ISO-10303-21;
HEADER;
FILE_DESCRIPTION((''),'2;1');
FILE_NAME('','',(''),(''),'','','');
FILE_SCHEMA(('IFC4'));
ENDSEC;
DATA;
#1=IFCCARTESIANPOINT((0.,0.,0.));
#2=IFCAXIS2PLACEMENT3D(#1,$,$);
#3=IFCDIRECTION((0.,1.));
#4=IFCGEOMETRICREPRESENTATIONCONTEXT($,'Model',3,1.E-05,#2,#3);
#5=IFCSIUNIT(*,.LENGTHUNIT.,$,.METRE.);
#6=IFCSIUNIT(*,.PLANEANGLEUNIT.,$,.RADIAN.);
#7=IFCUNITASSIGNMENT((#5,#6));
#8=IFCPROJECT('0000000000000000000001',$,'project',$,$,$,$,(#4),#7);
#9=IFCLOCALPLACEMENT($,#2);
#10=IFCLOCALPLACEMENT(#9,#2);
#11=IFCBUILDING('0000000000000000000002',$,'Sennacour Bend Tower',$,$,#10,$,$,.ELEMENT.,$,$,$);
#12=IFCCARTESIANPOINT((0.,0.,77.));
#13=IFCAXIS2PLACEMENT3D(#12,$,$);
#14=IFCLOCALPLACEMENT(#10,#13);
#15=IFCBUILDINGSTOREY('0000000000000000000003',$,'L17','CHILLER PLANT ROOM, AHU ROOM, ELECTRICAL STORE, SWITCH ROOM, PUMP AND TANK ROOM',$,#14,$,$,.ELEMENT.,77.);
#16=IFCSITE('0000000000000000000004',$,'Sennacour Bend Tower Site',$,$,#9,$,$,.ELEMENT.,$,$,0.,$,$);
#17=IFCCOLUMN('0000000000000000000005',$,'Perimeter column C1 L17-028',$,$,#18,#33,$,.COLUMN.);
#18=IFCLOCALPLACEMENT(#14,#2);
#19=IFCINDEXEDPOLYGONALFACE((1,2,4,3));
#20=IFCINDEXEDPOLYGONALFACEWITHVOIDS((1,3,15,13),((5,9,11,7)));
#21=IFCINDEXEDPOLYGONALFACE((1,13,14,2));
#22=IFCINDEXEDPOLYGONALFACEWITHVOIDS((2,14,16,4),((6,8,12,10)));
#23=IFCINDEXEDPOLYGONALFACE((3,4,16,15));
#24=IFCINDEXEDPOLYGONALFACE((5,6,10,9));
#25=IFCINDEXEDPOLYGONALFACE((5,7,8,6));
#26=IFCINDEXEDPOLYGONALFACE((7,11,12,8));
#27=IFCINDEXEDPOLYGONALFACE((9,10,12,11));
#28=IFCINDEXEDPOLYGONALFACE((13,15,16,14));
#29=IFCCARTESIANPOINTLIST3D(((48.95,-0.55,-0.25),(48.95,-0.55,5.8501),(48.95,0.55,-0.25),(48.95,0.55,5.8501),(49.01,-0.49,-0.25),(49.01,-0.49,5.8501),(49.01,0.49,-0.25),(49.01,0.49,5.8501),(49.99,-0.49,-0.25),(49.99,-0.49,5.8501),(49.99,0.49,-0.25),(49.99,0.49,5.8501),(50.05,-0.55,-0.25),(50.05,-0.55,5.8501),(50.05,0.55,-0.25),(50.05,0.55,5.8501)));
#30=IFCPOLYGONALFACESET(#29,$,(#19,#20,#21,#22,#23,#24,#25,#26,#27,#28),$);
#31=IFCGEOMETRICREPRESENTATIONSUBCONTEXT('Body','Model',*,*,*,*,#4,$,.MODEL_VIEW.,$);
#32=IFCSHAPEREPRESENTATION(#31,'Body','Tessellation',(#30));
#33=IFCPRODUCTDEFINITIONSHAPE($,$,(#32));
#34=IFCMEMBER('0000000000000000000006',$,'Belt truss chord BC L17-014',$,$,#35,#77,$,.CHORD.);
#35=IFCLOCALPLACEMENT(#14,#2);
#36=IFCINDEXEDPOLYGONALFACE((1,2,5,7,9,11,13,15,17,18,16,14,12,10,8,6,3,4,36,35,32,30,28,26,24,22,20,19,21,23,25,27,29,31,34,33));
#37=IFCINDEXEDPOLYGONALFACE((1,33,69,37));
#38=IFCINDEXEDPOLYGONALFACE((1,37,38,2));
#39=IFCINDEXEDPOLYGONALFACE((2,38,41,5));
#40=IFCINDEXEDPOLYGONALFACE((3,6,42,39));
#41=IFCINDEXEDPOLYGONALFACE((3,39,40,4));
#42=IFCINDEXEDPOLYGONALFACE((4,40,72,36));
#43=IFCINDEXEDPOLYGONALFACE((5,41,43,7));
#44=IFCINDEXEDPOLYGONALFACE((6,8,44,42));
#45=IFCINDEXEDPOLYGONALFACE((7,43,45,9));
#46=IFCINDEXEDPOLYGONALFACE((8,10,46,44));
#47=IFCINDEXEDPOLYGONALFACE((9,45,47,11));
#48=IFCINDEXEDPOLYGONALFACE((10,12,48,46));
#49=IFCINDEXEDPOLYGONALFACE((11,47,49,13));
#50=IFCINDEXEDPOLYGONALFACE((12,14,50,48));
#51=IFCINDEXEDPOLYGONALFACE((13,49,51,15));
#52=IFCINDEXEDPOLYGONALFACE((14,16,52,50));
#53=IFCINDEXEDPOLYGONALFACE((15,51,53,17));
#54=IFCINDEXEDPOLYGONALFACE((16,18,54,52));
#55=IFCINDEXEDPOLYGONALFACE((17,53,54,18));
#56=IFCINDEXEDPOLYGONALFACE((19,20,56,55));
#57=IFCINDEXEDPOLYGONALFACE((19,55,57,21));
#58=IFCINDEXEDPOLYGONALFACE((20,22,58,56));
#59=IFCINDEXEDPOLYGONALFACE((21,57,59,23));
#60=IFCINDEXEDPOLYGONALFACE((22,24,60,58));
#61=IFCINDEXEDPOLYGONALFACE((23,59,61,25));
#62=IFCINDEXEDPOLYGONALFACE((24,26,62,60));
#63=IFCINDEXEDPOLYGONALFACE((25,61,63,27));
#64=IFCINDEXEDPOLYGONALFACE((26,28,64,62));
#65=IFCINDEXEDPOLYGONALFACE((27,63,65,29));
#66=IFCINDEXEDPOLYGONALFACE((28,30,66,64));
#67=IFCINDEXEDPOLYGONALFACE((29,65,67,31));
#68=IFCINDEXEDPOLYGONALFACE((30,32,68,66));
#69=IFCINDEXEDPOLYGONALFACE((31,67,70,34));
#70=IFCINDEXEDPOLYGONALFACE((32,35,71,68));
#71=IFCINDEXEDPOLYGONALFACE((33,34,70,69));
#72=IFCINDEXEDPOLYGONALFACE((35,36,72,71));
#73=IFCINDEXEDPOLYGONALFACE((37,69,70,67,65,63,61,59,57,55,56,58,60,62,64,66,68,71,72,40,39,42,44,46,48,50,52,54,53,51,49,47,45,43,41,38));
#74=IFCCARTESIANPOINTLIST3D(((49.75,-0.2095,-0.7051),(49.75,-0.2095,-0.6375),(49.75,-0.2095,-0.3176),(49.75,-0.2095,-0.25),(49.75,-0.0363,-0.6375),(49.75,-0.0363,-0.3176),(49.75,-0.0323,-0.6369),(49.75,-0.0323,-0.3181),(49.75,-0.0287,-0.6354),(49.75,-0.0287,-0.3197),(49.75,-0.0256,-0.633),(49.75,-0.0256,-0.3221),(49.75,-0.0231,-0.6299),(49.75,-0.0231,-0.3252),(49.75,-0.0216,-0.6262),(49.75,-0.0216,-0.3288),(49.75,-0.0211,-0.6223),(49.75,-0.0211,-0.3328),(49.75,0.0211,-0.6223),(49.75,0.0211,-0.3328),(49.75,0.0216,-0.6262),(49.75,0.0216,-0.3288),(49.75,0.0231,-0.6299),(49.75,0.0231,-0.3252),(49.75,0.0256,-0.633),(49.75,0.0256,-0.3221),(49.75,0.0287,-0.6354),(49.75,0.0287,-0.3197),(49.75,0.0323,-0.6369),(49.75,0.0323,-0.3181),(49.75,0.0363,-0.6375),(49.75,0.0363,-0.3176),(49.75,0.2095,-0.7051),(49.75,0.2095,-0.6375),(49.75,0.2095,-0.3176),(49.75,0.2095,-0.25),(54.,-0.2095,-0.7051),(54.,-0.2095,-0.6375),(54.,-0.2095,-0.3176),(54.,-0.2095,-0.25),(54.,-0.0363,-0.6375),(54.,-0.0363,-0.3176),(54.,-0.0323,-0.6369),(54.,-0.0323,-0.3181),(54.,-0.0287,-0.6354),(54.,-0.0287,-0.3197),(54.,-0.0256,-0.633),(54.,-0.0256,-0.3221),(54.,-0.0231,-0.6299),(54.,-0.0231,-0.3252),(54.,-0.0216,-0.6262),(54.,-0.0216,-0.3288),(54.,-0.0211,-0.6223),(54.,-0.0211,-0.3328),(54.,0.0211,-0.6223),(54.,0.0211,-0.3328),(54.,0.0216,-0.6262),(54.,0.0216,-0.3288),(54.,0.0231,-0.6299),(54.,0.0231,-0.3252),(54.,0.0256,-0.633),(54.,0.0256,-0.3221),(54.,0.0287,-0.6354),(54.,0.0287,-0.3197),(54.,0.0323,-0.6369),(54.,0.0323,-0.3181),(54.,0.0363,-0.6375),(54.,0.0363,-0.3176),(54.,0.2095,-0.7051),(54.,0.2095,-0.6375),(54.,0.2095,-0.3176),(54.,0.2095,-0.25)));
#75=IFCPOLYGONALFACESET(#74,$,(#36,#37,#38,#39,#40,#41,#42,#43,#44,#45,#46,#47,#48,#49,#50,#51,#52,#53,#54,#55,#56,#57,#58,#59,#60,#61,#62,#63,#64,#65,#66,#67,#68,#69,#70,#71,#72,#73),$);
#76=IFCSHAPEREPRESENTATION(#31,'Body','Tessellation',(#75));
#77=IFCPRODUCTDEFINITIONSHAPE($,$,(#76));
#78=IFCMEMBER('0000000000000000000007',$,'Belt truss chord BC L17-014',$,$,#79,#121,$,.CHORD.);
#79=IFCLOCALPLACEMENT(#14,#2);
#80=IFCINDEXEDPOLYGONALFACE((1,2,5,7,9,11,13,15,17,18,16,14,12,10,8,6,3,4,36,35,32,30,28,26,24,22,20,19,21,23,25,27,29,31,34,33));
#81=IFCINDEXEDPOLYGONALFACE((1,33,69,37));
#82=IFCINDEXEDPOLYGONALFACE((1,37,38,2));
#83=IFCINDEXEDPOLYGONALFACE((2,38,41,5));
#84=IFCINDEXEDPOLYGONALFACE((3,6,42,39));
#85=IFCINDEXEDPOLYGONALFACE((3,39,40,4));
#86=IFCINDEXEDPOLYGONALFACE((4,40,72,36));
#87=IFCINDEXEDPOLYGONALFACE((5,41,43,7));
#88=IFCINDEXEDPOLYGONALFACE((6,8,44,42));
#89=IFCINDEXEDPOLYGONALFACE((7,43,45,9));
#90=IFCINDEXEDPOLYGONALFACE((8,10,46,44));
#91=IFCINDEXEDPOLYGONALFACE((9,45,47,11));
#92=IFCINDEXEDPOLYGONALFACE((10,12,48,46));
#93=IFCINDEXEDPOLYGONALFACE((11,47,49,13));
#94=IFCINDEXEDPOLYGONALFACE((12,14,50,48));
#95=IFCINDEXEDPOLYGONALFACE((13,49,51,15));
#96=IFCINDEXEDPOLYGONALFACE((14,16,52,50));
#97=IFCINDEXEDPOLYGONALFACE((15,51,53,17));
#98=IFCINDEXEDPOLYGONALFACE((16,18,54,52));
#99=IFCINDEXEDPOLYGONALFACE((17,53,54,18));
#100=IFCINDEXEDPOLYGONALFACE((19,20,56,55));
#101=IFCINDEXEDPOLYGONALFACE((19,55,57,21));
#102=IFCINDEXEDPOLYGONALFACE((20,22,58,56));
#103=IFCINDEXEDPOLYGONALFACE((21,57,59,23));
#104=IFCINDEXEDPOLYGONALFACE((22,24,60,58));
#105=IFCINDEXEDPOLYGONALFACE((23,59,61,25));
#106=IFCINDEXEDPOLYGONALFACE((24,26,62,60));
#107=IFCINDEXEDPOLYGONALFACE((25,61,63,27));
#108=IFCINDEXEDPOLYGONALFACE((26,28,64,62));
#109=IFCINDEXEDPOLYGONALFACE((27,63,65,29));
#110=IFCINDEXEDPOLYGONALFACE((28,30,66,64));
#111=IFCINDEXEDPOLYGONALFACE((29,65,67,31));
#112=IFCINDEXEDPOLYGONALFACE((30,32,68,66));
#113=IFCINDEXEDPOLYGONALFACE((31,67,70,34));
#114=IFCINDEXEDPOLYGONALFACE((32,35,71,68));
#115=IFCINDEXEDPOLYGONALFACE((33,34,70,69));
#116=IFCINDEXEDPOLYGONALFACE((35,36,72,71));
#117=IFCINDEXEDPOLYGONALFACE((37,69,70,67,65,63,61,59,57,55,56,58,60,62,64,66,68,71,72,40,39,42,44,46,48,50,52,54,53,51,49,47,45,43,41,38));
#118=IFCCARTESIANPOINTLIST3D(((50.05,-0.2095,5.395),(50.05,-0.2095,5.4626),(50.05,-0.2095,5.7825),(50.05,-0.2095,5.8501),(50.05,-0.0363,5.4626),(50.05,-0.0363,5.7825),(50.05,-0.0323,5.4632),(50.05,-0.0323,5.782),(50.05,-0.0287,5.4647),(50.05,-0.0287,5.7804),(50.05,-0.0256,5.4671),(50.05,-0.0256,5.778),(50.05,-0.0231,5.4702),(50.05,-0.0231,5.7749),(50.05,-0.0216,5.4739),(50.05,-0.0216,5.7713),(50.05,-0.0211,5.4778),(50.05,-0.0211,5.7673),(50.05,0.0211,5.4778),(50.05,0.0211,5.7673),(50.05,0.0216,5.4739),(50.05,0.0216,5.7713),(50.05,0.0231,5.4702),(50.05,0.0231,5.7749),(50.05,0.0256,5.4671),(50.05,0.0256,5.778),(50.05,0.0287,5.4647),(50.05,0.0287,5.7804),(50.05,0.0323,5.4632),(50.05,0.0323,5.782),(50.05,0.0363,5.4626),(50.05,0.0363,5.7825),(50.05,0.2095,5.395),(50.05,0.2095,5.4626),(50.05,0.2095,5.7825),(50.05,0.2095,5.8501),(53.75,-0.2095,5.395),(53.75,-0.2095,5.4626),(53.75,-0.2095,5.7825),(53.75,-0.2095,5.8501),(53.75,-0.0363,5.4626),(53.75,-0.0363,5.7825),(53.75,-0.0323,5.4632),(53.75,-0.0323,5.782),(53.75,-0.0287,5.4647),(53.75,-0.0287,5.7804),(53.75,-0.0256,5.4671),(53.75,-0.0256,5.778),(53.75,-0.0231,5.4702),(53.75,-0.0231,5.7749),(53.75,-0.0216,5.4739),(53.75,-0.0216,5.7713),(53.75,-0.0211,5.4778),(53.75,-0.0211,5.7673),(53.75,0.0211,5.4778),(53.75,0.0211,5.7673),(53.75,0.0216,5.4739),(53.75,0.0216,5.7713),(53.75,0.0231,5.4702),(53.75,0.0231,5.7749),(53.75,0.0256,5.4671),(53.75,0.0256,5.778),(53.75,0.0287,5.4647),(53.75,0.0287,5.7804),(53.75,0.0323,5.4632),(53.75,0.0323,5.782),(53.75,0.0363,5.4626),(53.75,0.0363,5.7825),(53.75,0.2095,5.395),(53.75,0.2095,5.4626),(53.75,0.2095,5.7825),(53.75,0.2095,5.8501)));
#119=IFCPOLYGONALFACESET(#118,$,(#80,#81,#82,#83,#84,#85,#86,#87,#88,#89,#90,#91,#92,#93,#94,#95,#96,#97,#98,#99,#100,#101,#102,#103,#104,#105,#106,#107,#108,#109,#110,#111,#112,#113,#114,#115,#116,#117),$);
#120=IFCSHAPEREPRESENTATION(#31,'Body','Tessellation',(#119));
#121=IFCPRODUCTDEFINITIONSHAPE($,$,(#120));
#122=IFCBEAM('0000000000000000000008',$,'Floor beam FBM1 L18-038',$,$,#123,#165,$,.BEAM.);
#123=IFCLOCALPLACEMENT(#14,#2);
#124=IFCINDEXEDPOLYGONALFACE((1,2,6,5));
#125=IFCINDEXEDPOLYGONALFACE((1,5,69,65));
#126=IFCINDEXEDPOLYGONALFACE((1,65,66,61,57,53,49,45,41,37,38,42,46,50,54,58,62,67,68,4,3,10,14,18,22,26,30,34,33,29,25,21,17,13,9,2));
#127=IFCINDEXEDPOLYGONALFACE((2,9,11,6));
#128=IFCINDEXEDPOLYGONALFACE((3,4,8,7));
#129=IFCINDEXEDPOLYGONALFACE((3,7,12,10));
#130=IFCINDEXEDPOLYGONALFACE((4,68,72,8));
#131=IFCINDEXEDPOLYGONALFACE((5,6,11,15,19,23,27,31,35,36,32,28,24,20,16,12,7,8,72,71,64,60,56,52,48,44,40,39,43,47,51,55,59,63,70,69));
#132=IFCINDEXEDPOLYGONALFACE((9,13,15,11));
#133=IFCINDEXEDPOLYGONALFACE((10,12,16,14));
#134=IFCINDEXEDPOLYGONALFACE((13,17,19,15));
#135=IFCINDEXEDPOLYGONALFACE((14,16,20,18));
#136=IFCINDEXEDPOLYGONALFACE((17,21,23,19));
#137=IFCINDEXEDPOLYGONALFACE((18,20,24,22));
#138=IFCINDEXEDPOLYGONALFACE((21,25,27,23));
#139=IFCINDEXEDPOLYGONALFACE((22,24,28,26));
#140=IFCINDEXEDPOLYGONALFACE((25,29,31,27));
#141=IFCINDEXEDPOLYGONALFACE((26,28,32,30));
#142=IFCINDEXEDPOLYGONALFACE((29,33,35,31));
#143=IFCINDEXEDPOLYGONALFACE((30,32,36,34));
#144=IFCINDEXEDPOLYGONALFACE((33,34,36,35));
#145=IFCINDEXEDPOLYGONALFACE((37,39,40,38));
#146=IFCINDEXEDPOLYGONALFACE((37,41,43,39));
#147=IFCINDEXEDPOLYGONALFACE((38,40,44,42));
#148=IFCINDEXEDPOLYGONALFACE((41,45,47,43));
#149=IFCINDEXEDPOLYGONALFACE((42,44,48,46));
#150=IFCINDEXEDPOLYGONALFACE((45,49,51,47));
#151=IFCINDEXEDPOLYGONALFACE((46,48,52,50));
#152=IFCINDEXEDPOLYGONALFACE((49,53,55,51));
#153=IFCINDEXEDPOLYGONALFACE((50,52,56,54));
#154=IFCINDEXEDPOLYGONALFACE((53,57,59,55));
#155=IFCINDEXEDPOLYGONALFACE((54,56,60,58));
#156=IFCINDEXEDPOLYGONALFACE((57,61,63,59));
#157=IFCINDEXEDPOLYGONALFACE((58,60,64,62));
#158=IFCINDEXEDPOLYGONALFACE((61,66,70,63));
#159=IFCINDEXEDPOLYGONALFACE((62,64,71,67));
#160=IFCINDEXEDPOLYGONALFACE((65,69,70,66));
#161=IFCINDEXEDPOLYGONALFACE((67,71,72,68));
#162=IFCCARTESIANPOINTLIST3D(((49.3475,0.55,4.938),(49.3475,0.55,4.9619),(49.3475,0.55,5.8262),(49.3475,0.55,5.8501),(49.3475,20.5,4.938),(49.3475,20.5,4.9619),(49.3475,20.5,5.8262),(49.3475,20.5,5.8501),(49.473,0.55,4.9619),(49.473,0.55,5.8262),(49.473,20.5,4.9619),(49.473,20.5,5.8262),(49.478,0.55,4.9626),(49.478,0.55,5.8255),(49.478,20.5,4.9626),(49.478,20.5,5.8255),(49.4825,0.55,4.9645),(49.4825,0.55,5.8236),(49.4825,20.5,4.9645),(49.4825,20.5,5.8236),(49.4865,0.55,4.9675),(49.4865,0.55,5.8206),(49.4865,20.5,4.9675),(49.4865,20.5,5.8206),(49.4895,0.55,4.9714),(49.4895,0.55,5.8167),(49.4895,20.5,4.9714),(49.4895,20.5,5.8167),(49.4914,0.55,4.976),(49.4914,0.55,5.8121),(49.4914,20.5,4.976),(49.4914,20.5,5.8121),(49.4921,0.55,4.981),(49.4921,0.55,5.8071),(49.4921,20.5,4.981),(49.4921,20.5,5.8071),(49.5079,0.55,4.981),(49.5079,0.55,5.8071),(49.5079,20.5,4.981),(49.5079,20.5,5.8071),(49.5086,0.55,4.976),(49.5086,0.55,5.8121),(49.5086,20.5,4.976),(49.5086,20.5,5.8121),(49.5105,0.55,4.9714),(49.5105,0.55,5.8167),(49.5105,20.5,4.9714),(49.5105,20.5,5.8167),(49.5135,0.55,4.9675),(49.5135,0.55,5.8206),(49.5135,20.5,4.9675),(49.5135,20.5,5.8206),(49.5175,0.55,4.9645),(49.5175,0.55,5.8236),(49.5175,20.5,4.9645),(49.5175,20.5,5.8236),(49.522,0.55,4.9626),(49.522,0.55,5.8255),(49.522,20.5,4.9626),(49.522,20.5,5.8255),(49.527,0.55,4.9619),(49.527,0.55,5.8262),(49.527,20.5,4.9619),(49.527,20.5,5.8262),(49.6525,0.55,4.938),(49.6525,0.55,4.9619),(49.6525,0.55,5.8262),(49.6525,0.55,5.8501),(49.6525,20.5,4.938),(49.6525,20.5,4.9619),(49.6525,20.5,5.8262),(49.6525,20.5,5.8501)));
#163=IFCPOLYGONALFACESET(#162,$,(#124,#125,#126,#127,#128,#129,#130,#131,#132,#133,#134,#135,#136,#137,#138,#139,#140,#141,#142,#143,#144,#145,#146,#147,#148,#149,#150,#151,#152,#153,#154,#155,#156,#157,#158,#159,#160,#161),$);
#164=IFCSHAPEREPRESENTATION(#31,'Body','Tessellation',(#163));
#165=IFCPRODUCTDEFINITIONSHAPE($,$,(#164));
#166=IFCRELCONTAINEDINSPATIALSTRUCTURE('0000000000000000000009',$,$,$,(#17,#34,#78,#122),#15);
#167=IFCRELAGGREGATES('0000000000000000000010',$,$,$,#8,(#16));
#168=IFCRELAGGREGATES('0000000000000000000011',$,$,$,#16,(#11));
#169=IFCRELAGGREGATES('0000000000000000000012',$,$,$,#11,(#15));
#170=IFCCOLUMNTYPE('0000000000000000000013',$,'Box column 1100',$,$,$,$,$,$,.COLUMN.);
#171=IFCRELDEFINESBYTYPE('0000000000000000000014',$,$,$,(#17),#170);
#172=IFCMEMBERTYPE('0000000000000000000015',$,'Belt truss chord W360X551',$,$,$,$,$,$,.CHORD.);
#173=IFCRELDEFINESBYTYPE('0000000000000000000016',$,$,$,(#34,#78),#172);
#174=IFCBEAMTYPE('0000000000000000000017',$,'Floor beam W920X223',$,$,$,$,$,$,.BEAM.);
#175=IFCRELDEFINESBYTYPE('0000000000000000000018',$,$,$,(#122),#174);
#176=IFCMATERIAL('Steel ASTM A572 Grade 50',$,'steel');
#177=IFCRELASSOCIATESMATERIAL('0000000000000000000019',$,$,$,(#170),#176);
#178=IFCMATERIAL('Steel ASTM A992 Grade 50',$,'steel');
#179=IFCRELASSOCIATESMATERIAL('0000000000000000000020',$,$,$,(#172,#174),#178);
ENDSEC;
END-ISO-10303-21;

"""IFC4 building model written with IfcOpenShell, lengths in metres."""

from ifc_helpers import new_model, si_unit, direction, frame, origin, origin_2d, place, context, subcontext, project, spatial, hollow_rectangle, i_section, extrude, material, material_profile, profile_set, type_object, element, save


model = new_model("IFC4")

# Units and contexts
model_context = context("Model", 3, precision=1e-05, world=origin(), true_north=direction((0.0, 1.0)))
body_context = subcontext(model_context, "Body", "Model", "MODEL_VIEW")
ifc_project = project(units=[si_unit("LENGTHUNIT", "METRE"), si_unit("PLANEANGLEUNIT", "RADIAN")], contexts=[model_context])

# Site, building, storey
site_placement = place(None, origin())
site = spatial("IfcSite", under=ifc_project, at=site_placement, Name="Sennacour Bend Tower Site", CompositionType="ELEMENT", RefElevation=0.0)
building_placement = place(site_placement, origin())
building = spatial("IfcBuilding", under=site, at=building_placement, Name="Sennacour Bend Tower", CompositionType="ELEMENT")
storey_placement = place(building_placement, frame((0.0, 0.0, 77.0)))
storey = spatial("IfcBuildingStorey", under=building, at=storey_placement, Name="L17", Description="CHILLER PLANT ROOM, AHU ROOM, ELECTRICAL STORE, SWITCH ROOM, PUMP AND TANK ROOM", CompositionType="ELEMENT", Elevation=77.0)

# Column
ifc_material_1 = material(Name="Steel ASTM A572 Grade 50", Category="steel")
ifc_material_profile_1 = material_profile(ifc_material_1, hollow_rectangle(XDim=1.1001, YDim=1.1001, WallThickness=0.0601, at=origin_2d()), Name="Steel ASTM A572 Grade 50", Category="steel")
ifc_profile_set_1 = profile_set([ifc_material_profile_1], Name="Steel ASTM A572 Grade 50")
column_type = type_object("IfcColumnType", Name="Box column 1100", PredefinedType="COLUMN", material=ifc_profile_set_1)
column_placement = place(storey_placement, frame((49.5, 0.0, -0.25), z_axis=(0.0, 0.0, 1.0), x_axis=(1.0, 0.0, 0.0)))
element("IfcColumn", 1, at=column_placement, inside=storey, type_object=column_type, Name="Perimeter column C1 L17-028", PredefinedType="COLUMN", context=body_context, shape_type="SweptSolid", body=[
    extrude(hollow_rectangle(XDim=1.1001, YDim=1.1001, WallThickness=0.0601, at=origin_2d()), origin(), (0.0, 0.0, 1.0), 6.1001),
])

# Members
ifc_material_2 = material(Name="Steel ASTM A992 Grade 50", Category="steel")
ifc_material_profile_2 = material_profile(ifc_material_2, i_section(OverallWidth=0.4189, OverallDepth=0.4551, WebThickness=0.0422, FlangeThickness=0.0676, FilletRadius=0.0151, at=origin_2d()), Name="Steel ASTM A992 Grade 50", Category="steel")
ifc_profile_set_2 = profile_set([ifc_material_profile_2], Name="Steel ASTM A992 Grade 50")
member_type_1 = type_object("IfcMemberType", Name="Belt truss chord W360X551", PredefinedType="CHORD", material=ifc_profile_set_2)
member_1_placement = place(storey_placement, frame((54.0, 0.0, -0.4775), z_axis=(-1.0, 0.0, 0.0), x_axis=(0.0, -1.0, 0.0)))
element("IfcMember", 2, at=member_1_placement, inside=storey, type_object=member_type_1, Name="Belt truss chord BC L17-014", PredefinedType="CHORD", context=body_context, shape_type="SweptSolid", body=[
    extrude(i_section(OverallWidth=0.4189, OverallDepth=0.4551, WebThickness=0.0422, FlangeThickness=0.0676, FilletRadius=0.0151, at=origin_2d()), origin(), (0.0, 0.0, 1.0), 4.25),
])
member_2_placement = place(storey_placement, frame((53.75, 0.0, 5.6226), z_axis=(-1.0, 0.0, 0.0), x_axis=(0.0, -1.0, 0.0)))
element("IfcMember", 3, at=member_2_placement, inside=storey, type_object=member_type_1, Name="Belt truss chord BC L17-014", PredefinedType="CHORD", context=body_context, shape_type="SweptSolid", body=[
    extrude(i_section(OverallWidth=0.4189, OverallDepth=0.4551, WebThickness=0.0422, FlangeThickness=0.0676, FilletRadius=0.0151, at=origin_2d()), origin(), (0.0, 0.0, 1.0), 3.7),
])

# Beam
ifc_material_profile_3 = material_profile(ifc_material_2, i_section(OverallWidth=0.3049, OverallDepth=0.9121, WebThickness=0.0159, FlangeThickness=0.0239, FilletRadius=0.019, at=origin_2d()), Name="Steel ASTM A992 Grade 50", Category="steel")
ifc_profile_set_3 = profile_set([ifc_material_profile_3], Name="Steel ASTM A992 Grade 50")
beam_type_1 = type_object("IfcBeamType", Name="Floor beam W920X223", PredefinedType="BEAM", material=ifc_profile_set_3)
beam_1_placement = place(storey_placement, frame((49.5, 0.55, 5.394), z_axis=(0.0, 1.0, 0.0), x_axis=(-1.0, 0.0, 0.0)))
element("IfcBeam", 4, at=beam_1_placement, inside=storey, type_object=beam_type_1, Name="Floor beam FBM1 L18-038", PredefinedType="BEAM", context=body_context, shape_type="SweptSolid", body=[
    extrude(i_section(OverallWidth=0.3049, OverallDepth=0.9121, WebThickness=0.0159, FlangeThickness=0.0239, FilletRadius=0.019, at=origin_2d()), origin(), (0.0, 0.0, 1.0), 19.95),
])

save(model, "model.ifc")
